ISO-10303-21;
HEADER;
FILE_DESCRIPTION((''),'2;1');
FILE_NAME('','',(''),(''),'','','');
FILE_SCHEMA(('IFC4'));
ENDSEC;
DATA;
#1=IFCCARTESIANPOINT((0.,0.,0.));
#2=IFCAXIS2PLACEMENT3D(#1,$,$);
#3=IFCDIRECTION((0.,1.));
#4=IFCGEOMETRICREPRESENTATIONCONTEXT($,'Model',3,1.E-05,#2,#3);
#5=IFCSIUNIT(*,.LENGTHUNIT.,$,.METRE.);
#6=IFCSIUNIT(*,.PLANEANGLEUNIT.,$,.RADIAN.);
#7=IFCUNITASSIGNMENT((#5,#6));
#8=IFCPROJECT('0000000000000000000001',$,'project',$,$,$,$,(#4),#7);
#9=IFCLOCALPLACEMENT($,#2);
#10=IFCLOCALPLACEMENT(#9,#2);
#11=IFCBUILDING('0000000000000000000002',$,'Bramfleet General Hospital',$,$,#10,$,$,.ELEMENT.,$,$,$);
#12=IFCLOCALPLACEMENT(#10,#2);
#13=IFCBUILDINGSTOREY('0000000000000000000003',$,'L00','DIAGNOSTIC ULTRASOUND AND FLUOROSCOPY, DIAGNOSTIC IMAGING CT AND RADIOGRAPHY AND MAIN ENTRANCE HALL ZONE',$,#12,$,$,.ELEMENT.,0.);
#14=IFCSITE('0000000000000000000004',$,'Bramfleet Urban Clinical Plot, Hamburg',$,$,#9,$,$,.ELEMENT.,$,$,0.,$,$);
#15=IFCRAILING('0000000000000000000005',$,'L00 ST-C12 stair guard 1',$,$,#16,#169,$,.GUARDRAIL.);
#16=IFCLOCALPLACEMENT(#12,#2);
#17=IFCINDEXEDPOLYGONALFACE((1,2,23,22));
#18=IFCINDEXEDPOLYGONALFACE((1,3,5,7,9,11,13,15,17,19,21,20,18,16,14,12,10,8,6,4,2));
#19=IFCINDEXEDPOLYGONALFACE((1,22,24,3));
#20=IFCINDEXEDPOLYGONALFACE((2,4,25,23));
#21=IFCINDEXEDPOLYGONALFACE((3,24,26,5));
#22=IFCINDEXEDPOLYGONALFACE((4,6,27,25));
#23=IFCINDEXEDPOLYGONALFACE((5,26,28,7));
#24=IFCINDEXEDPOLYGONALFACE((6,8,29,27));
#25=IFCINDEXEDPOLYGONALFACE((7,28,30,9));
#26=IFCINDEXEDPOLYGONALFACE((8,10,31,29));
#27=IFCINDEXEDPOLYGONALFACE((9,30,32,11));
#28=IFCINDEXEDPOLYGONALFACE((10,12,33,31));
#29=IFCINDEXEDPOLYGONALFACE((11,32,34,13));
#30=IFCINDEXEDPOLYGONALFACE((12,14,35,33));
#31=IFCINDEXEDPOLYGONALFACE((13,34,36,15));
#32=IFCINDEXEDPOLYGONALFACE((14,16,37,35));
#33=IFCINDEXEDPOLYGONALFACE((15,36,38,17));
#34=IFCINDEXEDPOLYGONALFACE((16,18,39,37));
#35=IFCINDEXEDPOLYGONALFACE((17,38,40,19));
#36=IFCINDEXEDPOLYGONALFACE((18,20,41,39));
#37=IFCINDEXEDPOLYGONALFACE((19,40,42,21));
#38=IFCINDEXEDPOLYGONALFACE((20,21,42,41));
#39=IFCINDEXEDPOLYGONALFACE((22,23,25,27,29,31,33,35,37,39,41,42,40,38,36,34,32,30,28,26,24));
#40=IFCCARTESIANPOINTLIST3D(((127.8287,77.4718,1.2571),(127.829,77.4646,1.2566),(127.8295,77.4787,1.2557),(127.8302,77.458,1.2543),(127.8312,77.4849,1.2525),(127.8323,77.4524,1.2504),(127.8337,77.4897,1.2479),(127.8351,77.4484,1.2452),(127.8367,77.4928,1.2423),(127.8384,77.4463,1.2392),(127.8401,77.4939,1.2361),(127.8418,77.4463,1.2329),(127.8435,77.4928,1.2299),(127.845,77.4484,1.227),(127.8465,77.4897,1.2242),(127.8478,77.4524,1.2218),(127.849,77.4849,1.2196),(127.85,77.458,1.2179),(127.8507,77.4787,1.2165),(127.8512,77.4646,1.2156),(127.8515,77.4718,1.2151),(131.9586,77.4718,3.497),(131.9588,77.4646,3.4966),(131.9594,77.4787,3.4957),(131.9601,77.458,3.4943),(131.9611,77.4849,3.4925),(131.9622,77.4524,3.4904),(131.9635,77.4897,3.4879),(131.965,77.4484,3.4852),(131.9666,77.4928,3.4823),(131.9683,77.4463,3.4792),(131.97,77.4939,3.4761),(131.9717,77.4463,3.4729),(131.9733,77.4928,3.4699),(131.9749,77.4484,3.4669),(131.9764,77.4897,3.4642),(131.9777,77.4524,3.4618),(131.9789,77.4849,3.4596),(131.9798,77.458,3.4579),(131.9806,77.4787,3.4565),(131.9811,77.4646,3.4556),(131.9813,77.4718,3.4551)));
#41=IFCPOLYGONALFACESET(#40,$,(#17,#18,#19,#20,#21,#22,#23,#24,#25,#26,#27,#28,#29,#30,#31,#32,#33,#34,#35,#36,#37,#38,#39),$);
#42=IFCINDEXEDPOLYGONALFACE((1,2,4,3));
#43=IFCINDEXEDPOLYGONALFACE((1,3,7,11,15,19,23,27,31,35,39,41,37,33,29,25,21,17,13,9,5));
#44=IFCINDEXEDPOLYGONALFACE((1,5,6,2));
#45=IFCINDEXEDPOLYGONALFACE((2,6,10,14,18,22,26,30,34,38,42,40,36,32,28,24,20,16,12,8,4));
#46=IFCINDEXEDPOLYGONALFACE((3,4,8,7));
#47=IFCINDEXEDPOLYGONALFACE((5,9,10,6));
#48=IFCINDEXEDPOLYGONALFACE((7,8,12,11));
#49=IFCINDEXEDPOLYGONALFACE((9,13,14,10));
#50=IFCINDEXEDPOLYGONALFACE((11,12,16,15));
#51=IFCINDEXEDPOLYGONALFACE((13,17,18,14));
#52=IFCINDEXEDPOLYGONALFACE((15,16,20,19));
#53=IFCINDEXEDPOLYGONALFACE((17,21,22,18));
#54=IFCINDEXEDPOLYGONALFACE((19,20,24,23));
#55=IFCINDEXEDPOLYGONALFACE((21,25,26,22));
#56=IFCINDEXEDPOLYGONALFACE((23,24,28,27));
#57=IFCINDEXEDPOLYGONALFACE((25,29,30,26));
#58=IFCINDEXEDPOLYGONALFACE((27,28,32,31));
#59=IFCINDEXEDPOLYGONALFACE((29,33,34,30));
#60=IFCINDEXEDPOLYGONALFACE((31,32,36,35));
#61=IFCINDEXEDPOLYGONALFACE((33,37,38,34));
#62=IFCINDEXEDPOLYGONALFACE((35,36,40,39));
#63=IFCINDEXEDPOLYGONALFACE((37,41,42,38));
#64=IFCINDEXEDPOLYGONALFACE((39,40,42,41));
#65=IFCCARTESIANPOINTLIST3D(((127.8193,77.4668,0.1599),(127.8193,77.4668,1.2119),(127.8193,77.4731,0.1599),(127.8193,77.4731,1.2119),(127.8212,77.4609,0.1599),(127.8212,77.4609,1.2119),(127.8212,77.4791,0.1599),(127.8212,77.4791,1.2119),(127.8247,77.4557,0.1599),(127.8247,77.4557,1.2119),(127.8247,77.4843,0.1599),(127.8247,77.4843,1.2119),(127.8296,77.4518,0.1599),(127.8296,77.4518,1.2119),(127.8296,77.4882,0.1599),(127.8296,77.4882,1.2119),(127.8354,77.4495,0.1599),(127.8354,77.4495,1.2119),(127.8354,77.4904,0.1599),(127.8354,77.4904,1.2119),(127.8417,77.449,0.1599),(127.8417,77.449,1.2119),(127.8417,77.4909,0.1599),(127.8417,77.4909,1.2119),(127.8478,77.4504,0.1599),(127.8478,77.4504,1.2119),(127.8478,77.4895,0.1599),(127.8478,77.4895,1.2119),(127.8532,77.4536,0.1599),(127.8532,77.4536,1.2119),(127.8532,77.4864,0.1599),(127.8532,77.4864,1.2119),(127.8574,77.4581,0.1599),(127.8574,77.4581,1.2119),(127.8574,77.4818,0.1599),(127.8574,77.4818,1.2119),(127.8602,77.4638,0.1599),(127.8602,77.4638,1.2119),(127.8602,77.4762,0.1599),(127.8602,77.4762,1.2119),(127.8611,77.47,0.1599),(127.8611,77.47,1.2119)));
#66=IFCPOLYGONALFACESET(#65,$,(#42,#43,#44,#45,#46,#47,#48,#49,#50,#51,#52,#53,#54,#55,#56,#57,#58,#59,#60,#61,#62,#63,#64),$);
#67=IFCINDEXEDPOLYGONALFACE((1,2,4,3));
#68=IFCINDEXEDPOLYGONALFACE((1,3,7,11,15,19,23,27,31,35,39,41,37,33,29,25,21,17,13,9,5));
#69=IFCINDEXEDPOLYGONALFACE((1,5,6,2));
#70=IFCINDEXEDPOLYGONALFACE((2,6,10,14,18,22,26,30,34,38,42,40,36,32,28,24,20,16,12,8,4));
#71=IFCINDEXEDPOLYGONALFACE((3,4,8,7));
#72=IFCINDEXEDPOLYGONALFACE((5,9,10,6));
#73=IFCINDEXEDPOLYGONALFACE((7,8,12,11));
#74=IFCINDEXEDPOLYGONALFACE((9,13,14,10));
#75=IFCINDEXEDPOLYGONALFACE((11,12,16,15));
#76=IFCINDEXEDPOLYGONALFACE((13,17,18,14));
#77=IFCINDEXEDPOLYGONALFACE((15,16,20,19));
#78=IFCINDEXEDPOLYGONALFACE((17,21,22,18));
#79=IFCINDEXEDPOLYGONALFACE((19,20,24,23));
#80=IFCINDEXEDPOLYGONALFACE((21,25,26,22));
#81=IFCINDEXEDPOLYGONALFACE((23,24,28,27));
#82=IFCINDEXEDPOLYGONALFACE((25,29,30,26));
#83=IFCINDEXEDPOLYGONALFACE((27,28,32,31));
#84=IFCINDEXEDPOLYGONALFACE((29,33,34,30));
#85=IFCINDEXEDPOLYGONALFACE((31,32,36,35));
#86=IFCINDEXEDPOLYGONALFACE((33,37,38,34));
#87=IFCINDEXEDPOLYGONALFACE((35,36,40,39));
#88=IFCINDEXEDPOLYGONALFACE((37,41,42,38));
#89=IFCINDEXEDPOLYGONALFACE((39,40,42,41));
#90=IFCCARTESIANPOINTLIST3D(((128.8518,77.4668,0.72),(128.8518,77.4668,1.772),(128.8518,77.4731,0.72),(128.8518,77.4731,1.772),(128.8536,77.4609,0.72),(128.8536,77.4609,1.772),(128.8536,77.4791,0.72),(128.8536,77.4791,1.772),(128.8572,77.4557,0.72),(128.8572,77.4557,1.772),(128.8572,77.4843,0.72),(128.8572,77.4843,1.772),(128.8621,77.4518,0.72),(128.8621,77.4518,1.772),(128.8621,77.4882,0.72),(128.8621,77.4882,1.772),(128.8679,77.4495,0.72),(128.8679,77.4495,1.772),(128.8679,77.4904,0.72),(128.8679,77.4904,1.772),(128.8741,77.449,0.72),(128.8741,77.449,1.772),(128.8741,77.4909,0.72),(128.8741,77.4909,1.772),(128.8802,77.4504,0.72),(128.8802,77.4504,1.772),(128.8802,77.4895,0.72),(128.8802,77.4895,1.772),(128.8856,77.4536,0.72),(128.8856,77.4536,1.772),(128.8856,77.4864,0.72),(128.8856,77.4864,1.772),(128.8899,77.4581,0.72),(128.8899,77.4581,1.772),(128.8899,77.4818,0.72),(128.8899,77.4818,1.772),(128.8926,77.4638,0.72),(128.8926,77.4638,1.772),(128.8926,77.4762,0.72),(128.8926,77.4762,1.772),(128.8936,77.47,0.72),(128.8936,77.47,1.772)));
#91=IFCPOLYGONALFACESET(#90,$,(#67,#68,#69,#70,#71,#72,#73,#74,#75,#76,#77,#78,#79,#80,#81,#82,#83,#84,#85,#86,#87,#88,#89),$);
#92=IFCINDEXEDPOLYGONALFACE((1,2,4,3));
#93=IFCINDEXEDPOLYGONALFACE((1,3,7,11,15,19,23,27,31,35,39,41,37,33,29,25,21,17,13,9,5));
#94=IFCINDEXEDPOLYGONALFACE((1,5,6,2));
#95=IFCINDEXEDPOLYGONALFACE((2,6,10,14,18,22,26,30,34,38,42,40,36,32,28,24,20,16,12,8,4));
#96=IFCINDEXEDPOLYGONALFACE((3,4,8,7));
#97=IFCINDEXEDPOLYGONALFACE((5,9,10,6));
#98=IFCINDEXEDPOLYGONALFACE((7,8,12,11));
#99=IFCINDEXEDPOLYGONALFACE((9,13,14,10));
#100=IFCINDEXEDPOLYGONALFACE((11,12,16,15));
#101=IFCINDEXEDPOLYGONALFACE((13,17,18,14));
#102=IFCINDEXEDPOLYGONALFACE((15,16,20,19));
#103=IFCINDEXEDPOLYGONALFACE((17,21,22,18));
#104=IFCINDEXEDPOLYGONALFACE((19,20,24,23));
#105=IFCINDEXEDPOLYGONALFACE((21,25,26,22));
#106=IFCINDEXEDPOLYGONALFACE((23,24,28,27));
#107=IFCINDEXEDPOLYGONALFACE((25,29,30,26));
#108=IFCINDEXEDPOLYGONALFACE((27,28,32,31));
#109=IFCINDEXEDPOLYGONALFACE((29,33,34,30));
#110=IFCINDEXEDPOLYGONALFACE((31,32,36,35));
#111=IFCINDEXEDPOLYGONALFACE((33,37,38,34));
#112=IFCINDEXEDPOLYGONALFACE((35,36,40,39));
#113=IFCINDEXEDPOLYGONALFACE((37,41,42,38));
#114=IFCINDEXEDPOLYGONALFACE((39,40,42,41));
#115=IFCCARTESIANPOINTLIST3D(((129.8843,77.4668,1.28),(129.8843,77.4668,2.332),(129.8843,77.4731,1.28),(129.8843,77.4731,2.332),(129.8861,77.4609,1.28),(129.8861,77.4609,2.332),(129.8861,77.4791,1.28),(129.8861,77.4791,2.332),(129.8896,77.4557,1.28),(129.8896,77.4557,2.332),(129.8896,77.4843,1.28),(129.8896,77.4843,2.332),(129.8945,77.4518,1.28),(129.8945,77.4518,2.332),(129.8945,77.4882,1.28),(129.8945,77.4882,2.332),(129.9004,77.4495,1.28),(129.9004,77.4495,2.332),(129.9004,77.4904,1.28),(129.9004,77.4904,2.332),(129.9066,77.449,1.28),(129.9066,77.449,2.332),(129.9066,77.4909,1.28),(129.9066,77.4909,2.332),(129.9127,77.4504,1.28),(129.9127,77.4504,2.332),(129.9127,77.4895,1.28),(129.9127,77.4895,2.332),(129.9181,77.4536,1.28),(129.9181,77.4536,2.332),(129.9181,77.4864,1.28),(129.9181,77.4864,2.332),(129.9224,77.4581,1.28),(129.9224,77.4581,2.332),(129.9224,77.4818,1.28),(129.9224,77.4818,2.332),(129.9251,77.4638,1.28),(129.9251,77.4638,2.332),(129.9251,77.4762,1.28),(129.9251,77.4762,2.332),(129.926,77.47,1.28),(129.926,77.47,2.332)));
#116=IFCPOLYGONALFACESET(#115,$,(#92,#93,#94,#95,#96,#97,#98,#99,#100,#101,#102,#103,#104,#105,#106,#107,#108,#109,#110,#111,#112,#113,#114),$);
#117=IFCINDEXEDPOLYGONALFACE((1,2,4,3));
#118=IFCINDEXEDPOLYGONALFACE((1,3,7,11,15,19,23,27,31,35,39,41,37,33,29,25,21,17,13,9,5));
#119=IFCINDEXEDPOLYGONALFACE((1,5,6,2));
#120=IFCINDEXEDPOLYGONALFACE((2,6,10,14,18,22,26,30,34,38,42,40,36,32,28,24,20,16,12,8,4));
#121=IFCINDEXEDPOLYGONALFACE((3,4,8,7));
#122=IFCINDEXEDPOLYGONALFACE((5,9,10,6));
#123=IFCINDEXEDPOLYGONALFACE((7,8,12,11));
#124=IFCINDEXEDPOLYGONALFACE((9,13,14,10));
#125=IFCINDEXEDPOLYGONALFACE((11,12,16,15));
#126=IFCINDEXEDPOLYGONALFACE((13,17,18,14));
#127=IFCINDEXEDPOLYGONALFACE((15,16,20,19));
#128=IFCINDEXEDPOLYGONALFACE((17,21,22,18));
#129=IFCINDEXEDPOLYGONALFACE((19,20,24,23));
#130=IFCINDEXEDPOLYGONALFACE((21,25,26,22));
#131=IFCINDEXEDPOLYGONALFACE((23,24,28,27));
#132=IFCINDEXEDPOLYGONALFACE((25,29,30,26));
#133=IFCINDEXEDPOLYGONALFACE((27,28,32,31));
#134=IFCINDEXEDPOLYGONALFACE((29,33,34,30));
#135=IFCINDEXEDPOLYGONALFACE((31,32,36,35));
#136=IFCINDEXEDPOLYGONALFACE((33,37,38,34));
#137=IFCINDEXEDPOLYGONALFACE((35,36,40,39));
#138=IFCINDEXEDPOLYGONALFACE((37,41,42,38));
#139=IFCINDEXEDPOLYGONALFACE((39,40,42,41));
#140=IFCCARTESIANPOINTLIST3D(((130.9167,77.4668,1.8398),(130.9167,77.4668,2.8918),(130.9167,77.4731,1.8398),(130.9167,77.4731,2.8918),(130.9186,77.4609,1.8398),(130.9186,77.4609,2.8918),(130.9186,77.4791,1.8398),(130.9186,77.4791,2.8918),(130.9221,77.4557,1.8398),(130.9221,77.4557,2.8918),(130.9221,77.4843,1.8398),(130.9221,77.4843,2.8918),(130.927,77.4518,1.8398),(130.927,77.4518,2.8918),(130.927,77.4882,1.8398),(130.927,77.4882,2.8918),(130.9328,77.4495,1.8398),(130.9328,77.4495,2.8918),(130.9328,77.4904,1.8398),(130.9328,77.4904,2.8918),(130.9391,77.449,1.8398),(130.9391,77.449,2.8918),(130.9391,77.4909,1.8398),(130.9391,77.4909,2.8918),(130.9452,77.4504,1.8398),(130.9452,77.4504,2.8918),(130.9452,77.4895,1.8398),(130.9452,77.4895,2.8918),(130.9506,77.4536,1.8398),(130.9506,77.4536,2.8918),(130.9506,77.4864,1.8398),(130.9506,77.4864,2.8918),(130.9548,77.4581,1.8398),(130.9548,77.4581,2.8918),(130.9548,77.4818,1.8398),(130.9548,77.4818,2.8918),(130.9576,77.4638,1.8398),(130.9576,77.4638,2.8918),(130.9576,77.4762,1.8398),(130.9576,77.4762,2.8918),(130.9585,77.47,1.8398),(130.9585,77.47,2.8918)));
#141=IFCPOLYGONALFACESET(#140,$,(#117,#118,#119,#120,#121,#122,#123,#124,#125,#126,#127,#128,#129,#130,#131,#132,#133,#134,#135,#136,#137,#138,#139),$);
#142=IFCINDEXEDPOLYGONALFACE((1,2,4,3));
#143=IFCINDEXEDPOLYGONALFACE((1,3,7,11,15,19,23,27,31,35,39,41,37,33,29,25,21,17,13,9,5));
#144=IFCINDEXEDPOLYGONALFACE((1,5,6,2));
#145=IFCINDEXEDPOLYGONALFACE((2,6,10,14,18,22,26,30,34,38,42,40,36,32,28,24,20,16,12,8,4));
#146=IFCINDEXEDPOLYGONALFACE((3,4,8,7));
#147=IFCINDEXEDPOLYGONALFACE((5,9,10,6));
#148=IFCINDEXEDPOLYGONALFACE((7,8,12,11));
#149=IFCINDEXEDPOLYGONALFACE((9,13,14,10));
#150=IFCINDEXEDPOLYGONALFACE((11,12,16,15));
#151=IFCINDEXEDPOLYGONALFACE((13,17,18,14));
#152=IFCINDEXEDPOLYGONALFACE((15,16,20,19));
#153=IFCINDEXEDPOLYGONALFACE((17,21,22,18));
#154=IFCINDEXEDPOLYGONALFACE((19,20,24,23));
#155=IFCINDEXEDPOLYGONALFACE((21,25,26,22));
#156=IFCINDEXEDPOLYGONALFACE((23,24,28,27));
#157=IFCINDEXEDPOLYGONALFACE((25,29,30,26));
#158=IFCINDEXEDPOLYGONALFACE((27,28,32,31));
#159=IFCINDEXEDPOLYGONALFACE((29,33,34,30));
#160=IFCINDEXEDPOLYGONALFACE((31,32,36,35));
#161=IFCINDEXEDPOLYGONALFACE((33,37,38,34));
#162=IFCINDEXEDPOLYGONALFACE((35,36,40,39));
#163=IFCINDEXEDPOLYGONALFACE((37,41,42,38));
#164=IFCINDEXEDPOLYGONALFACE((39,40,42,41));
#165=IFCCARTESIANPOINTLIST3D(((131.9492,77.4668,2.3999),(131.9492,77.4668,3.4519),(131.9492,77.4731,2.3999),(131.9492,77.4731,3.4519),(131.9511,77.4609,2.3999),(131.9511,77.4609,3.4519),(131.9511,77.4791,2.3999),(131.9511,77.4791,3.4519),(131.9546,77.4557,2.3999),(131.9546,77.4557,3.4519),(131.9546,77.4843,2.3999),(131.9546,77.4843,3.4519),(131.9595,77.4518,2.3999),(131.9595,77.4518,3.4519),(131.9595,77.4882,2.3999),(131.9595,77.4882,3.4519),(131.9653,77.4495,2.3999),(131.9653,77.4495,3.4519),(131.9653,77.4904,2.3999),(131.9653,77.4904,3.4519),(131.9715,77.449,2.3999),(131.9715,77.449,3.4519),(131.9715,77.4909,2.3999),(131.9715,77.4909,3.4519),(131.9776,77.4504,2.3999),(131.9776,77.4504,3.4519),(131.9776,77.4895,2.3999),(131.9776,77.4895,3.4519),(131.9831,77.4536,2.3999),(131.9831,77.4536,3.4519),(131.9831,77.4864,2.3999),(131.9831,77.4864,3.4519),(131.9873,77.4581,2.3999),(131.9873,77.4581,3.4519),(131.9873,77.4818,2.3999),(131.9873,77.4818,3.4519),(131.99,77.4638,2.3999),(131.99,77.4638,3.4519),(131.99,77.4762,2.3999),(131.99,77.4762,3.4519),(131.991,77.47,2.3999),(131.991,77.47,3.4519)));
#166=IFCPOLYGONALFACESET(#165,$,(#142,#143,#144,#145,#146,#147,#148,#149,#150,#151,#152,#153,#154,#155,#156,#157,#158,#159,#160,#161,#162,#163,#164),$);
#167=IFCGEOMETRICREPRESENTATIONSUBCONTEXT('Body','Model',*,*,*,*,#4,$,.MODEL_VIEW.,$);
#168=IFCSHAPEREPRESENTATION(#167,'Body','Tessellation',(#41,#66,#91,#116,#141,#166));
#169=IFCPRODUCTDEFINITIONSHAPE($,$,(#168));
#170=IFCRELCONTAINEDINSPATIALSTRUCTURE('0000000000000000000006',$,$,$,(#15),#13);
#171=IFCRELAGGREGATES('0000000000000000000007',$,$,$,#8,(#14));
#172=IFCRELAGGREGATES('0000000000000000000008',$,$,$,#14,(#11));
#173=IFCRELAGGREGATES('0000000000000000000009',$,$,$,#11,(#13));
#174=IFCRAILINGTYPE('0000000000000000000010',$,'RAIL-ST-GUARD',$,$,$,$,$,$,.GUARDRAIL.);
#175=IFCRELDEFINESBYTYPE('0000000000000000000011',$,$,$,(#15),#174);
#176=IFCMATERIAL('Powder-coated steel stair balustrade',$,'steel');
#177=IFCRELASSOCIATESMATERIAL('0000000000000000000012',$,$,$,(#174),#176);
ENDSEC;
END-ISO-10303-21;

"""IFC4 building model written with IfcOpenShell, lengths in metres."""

from ifc_helpers import new_model, si_unit, direction, frame, origin, origin_2d, place, context, subcontext, project, spatial, circle, extrude, material, type_object, element, save


model = new_model("IFC4")

# Units and contexts
model_context = context("Model", 3, precision=1e-05, world=origin(), true_north=direction((0.0, 1.0)))
body_context = subcontext(model_context, "Body", "Model", "MODEL_VIEW")
ifc_project = project(units=[si_unit("LENGTHUNIT", "METRE"), si_unit("PLANEANGLEUNIT", "RADIAN")], contexts=[model_context])

# Site, building, storey
site_placement = place(None, origin())
site = spatial("IfcSite", under=ifc_project, at=site_placement, Name="Bramfleet Urban Clinical Plot, Hamburg", CompositionType="ELEMENT", RefElevation=0.0)
building_placement = place(site_placement, origin())
building = spatial("IfcBuilding", under=site, at=building_placement, Name="Bramfleet General Hospital", CompositionType="ELEMENT")
storey_placement = place(building_placement, origin())
storey = spatial("IfcBuildingStorey", under=building, at=storey_placement, Name="L00", Description="DIAGNOSTIC ULTRASOUND AND FLUOROSCOPY, DIAGNOSTIC IMAGING CT AND RADIOGRAPHY AND MAIN ENTRANCE HALL ZONE", CompositionType="ELEMENT", Elevation=0.0)

# Railing
ifc_material_1 = material(Name="Powder-coated steel stair balustrade", Category="steel")
railing_type_1 = type_object("IfcRailingType", Name="RAIL-ST-GUARD", PredefinedType="GUARDRAIL", material=ifc_material_1)
railing_1_placement = place(storey_placement, frame((127.8401, 77.47, 0.1599)))
element("IfcRailing", 1, at=railing_1_placement, inside=storey, type_object=railing_type_1, Name="L00 ST-C12 stair guard 1", PredefinedType="GUARDRAIL", context=body_context, shape_type="SweptSolid", body=[
    extrude(circle(Radius=0.0239, at=origin_2d()), frame((0.0, 0.0, 1.0762), z_axis=(0.879027, 0.0, 0.476772), x_axis=(0.0, 1.0, 0.0)), (0.0, 0.0, 1.0), 4.6982),
    extrude(circle(Radius=0.021, at=origin_2d()), origin(), (0.0, 0.0, 1.0), 1.052),
    extrude(circle(Radius=0.021, at=origin_2d()), frame((1.0325, 0.0, 0.5601)), (0.0, 0.0, 1.0), 1.052),
    extrude(circle(Radius=0.021, at=origin_2d()), frame((2.0649, 0.0, 1.1201)), (0.0, 0.0, 1.0), 1.052),
    extrude(circle(Radius=0.021, at=origin_2d()), frame((3.0974, 0.0, 1.6799)), (0.0, 0.0, 1.0), 1.052),
    extrude(circle(Radius=0.021, at=origin_2d()), frame((4.1299, 0.0, 2.24)), (0.0, 0.0, 1.0), 1.052),
])

save(model, "model.ifc")
